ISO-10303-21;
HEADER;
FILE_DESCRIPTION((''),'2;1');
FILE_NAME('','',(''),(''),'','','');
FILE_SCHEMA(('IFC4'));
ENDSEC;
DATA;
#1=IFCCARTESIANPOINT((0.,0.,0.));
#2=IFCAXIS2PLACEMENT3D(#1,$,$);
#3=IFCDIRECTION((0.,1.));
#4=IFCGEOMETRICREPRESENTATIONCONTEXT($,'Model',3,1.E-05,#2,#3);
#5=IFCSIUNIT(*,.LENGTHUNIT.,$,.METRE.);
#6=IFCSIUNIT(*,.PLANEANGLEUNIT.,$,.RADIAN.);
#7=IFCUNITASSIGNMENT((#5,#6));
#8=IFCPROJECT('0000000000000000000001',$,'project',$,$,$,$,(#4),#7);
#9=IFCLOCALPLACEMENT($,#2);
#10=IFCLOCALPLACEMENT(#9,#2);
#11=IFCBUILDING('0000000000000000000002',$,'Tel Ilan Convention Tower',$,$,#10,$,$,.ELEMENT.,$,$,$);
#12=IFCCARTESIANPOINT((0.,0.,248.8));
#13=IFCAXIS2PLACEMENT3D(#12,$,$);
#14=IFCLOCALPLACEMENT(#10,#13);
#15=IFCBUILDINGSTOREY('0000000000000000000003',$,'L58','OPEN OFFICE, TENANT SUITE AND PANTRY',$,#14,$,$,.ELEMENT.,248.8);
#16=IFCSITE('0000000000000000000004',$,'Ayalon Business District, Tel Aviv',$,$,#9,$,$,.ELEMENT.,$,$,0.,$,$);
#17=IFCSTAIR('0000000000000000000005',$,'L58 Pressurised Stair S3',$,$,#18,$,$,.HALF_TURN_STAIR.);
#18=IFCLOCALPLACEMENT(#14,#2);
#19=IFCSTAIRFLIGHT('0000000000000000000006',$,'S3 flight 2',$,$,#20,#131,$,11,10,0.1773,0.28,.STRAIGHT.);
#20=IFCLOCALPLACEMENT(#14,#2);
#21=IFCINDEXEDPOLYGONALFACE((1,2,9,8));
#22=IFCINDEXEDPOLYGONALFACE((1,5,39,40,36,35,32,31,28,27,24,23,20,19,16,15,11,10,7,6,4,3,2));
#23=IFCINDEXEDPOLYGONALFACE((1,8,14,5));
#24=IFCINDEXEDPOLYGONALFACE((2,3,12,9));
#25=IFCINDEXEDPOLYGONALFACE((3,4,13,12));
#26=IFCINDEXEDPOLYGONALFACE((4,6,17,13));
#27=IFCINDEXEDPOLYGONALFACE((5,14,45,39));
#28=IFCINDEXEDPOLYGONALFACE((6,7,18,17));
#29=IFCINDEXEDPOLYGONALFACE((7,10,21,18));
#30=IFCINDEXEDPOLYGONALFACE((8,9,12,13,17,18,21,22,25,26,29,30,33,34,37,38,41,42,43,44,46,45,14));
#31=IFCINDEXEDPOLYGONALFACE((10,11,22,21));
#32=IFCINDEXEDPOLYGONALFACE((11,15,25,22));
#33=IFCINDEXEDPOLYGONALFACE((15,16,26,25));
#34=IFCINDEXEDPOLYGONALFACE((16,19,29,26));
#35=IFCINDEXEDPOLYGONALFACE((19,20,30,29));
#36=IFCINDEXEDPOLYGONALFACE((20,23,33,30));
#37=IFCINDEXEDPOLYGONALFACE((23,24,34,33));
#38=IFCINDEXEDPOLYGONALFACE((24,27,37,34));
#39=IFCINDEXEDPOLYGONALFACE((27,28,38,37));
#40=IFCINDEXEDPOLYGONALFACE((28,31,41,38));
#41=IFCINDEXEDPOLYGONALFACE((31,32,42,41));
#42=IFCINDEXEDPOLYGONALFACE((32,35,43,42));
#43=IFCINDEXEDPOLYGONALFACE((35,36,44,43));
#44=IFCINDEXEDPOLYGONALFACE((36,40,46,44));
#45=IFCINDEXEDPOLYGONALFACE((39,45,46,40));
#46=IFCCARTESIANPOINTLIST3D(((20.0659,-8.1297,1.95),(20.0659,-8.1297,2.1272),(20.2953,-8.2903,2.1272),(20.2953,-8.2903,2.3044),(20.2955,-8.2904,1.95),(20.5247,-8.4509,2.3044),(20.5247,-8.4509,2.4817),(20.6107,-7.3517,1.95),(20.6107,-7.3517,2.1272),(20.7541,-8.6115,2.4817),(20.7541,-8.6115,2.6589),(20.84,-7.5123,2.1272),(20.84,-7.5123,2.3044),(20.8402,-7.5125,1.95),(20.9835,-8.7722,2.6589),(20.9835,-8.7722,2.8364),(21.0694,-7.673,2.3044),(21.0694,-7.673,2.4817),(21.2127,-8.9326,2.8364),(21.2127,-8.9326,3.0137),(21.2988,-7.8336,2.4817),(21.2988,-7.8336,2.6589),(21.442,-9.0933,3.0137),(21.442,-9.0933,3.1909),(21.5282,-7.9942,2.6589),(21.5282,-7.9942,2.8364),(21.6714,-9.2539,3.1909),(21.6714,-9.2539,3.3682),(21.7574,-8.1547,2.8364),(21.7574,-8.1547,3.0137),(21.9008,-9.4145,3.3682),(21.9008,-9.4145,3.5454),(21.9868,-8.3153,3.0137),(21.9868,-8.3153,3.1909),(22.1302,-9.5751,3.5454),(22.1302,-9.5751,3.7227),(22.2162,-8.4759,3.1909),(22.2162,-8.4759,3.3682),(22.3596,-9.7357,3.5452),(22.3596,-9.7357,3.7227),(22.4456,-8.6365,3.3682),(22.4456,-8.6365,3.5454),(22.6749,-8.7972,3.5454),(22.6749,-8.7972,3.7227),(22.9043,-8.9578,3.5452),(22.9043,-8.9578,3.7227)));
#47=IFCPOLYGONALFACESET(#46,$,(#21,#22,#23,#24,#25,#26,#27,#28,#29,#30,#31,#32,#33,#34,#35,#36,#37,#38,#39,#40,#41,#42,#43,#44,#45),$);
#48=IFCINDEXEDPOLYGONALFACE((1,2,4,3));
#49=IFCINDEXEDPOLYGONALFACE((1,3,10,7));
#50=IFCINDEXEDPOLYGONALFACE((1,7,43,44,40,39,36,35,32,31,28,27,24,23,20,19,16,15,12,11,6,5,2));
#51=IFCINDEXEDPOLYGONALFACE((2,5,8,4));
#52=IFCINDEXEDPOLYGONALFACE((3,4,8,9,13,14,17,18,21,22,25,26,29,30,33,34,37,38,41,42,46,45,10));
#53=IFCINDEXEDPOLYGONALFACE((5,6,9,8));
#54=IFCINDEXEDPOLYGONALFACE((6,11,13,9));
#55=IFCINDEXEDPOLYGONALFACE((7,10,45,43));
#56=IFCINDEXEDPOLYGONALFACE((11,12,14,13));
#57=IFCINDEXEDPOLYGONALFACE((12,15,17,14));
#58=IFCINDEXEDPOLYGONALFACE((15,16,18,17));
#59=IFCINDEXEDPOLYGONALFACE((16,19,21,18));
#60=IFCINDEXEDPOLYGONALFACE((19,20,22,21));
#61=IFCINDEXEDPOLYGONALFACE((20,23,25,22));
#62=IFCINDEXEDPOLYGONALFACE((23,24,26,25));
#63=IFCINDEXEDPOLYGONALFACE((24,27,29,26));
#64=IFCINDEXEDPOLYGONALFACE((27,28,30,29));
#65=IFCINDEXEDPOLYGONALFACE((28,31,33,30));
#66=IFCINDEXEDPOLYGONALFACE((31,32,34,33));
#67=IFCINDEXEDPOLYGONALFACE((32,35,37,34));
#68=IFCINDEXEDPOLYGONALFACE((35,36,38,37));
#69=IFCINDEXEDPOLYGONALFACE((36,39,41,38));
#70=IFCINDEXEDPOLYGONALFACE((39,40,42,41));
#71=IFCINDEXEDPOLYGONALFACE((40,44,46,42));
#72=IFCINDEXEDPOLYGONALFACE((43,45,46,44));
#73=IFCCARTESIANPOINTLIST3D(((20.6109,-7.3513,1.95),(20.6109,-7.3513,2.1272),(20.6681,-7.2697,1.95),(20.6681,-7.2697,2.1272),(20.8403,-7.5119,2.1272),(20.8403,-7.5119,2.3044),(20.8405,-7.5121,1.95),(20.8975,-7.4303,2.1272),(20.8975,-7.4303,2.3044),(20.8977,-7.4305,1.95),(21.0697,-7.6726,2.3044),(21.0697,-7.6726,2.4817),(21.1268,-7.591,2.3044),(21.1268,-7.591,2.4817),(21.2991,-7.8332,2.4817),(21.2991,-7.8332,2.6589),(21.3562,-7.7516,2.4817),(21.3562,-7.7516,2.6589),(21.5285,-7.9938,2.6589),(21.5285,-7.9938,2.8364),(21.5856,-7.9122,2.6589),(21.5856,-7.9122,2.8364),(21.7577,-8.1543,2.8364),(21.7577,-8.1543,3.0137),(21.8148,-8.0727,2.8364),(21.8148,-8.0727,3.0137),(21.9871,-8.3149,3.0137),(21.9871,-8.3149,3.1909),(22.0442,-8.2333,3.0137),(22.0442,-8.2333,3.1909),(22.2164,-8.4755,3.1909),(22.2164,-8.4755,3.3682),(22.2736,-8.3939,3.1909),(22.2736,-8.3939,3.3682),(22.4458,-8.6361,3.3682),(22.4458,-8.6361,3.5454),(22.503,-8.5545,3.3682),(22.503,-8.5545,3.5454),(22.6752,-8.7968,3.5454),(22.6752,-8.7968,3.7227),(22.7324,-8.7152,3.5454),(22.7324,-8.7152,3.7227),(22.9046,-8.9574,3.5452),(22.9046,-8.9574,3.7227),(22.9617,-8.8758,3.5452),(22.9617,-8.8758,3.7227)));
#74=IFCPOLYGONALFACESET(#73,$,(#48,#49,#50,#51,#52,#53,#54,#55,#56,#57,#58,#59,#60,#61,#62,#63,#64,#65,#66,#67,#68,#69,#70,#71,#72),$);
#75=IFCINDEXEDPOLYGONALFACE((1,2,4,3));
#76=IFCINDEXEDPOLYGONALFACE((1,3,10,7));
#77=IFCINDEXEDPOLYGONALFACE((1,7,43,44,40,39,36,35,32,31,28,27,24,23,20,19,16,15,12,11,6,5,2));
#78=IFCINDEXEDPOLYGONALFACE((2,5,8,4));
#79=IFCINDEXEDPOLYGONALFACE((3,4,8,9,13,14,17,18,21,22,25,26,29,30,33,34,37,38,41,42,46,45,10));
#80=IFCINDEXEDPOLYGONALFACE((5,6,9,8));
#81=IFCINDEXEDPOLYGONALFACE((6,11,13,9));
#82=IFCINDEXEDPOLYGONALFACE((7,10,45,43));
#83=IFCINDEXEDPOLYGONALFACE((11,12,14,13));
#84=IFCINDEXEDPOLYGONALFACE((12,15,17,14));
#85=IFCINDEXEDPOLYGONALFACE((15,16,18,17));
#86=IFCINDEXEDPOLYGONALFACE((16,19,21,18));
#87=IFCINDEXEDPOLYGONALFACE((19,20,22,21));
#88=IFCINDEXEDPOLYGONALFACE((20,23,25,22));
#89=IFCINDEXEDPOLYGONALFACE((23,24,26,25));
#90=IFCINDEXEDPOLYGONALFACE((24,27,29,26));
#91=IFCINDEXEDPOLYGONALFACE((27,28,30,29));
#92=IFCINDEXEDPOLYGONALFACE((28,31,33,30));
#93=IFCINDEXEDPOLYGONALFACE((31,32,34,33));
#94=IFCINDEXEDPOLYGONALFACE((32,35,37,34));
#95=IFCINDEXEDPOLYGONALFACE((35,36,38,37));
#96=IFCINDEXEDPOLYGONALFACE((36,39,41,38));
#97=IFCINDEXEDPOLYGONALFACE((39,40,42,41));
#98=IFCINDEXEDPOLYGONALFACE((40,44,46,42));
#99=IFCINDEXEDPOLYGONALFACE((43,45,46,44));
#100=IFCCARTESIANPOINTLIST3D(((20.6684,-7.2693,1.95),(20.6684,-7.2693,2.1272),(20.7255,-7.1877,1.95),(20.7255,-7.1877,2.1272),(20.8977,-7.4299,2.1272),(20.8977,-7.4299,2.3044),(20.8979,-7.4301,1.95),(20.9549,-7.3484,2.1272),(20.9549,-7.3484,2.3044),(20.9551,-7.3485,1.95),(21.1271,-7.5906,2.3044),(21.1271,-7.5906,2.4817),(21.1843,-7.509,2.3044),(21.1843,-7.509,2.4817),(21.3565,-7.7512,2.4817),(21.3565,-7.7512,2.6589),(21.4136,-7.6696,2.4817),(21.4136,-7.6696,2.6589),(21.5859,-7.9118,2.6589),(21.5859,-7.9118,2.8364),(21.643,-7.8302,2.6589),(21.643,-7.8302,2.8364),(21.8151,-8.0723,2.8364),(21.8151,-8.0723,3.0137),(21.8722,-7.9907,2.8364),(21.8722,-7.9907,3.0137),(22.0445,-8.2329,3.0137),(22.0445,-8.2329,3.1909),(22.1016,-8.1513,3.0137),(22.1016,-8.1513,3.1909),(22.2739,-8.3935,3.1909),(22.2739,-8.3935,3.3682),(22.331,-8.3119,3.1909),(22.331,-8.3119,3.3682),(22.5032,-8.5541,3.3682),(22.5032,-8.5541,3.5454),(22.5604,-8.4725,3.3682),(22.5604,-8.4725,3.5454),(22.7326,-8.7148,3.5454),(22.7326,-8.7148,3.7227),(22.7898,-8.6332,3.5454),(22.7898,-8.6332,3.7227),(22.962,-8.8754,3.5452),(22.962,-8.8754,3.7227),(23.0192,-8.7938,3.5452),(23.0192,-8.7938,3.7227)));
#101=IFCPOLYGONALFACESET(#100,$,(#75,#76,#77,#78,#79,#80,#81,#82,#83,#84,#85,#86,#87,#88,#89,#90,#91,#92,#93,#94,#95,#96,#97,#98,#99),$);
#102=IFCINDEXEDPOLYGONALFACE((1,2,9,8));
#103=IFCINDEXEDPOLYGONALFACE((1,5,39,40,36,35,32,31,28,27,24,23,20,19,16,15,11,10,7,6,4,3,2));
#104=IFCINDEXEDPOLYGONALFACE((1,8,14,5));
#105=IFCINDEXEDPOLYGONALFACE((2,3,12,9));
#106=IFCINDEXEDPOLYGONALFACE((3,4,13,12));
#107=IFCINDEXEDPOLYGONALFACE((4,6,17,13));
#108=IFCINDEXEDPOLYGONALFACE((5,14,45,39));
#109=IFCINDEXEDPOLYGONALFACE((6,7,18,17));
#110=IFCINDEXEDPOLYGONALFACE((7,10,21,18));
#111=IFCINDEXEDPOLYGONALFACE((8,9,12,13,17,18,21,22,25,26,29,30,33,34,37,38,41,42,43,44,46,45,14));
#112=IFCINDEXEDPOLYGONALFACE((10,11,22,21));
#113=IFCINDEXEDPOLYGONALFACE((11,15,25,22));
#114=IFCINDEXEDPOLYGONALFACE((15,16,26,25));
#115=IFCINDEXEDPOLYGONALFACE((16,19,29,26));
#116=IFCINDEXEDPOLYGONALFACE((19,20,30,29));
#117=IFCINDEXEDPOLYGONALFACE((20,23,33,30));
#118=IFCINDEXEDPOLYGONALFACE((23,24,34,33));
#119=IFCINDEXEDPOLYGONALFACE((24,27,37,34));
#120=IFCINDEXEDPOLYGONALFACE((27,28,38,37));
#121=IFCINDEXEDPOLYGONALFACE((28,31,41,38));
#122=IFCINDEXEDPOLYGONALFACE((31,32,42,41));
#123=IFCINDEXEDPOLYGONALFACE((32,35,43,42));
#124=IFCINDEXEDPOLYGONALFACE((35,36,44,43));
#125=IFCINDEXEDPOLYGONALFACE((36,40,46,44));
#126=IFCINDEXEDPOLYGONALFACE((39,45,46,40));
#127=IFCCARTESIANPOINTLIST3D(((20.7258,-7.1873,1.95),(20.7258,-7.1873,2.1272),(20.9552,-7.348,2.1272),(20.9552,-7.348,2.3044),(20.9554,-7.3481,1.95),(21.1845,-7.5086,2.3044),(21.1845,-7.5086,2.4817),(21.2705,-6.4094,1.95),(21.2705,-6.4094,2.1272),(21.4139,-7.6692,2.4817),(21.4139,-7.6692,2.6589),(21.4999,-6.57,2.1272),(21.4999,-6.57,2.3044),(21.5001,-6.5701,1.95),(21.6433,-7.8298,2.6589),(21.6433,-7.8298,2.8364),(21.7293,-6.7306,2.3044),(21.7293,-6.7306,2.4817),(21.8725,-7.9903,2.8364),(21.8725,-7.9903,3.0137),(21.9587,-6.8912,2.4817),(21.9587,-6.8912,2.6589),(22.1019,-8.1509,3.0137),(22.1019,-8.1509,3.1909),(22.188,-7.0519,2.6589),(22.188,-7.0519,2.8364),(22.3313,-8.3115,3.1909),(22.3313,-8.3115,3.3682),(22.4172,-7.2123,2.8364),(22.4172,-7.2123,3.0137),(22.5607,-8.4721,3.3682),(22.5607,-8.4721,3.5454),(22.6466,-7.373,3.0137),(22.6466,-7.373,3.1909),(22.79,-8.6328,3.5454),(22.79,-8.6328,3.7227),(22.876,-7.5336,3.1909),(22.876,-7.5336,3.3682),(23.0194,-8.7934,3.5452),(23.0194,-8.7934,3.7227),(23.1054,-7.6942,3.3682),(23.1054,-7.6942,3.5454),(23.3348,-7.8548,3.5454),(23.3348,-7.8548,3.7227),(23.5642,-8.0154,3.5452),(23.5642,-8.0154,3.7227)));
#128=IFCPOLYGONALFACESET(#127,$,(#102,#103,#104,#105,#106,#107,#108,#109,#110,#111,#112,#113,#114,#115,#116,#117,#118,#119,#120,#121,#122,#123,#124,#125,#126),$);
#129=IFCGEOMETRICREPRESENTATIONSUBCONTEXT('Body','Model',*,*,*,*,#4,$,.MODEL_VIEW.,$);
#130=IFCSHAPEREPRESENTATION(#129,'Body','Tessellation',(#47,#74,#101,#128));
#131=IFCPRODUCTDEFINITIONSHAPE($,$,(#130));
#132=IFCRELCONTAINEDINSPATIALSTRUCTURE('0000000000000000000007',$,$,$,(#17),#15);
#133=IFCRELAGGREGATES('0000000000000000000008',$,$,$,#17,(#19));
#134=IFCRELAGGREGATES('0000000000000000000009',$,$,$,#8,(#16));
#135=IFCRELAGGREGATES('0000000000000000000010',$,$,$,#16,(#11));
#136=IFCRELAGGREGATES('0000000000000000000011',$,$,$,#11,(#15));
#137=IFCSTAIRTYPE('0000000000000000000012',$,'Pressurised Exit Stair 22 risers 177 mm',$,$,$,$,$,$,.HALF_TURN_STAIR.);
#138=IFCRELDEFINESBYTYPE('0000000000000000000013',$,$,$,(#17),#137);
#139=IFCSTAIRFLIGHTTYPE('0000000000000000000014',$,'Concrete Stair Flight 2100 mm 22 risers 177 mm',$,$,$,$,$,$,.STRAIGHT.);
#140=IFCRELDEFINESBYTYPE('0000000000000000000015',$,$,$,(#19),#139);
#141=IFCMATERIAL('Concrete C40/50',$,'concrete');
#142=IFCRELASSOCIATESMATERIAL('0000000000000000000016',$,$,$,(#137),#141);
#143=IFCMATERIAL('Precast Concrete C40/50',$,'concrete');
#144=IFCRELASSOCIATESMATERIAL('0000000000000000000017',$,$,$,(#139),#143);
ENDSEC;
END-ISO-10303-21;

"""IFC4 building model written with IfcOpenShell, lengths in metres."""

from ifc_helpers import new_model, si_unit, direction, frame, origin, place, context, subcontext, project, spatial, polyline, outline, extrude, material, type_object, element, aggregate, save


model = new_model("IFC4")

# Units and contexts
model_context = context("Model", 3, precision=1e-05, world=origin(), true_north=direction((0.0, 1.0)))
body_context = subcontext(model_context, "Body", "Model", "MODEL_VIEW")
ifc_project = project(units=[si_unit("LENGTHUNIT", "METRE"), si_unit("PLANEANGLEUNIT", "RADIAN")], contexts=[model_context])

# Site, building, storey
site_placement = place(None, origin())
site = spatial("IfcSite", under=ifc_project, at=site_placement, Name="Ayalon Business District, Tel Aviv", CompositionType="ELEMENT", RefElevation=0.0)
building_placement = place(site_placement, origin())
building = spatial("IfcBuilding", under=site, at=building_placement, Name="Tel Ilan Convention Tower", CompositionType="ELEMENT")
storey_placement = place(building_placement, frame((0.0, 0.0, 248.8)))
storey = spatial("IfcBuildingStorey", under=building, at=storey_placement, Name="L58", Description="OPEN OFFICE, TENANT SUITE AND PANTRY", CompositionType="ELEMENT", Elevation=248.8)

# Stair, stair flight
ifc_material_1 = material(Name="Concrete C40/50", Category="concrete")
stair_type = type_object("IfcStairType", Name="Pressurised Exit Stair 22 risers 177 mm", PredefinedType="HALF_TURN_STAIR", material=ifc_material_1)
stair_1_placement = place(storey_placement, origin())
stair_1 = element("IfcStair", 1, at=stair_1_placement, inside=storey, type_object=stair_type, Name="L58 Pressurised Stair S3", PredefinedType="HALF_TURN_STAIR")
ifc_material_2 = material(Name="Precast Concrete C40/50", Category="concrete")
stair_flight_type = type_object("IfcStairFlightType", Name="Concrete Stair Flight 2100 mm 22 risers 177 mm", PredefinedType="STRAIGHT", material=ifc_material_2)
stair_flight_1_placement = place(storey_placement, frame((20.6682, -7.2695, 1.95), z_axis=(0.0, 0.0, 1.0), x_axis=(0.819152, -0.573576, 0.0)))
stair_flight_1 = element("IfcStairFlight", 2, at=stair_flight_1_placement, type_object=stair_flight_type, Name="S3 flight 2", NumberOfRisers=11, NumberOfTreads=10, PredefinedType="STRAIGHT", RiserHeight=0.1773, TreadLength=0.28, context=body_context, shape_type="SweptSolid", body=[
    extrude(outline(polyline([(0.0, 0.0), (0.0, 0.1772), (0.28, 0.1772), (0.28, 0.3545), (0.5601, 0.3545), (0.5601, 0.5317), (0.8401, 0.5317), (0.8401, 0.709), (1.1201, 0.709), (1.1201, 0.8865), (1.3999, 0.8865), (1.3999, 1.0637), (1.6799, 1.0637), (1.6799, 1.241), (1.96, 1.241), (1.96, 1.4182), (2.24, 1.4182), (2.24, 1.5955), (2.52, 1.5955), (2.52, 1.7727), (2.8, 1.7727), (2.8, 1.95), (2.8, 1.5952), (0.2803, 0.0), (0.0, 0.0)])), frame((0.0, -0.1003, 0.0), z_axis=(0.0, -1.0, 0.0), x_axis=(1.0, 0.0, 0.0)), (0.0, 0.0, 1.0), 0.9497),
    extrude(outline(polyline([(0.0, 0.0), (0.0, 0.1772), (0.28, 0.1772), (0.28, 0.3545), (0.5601, 0.3545), (0.5601, 0.5317), (0.8401, 0.5317), (0.8401, 0.709), (1.1201, 0.709), (1.1201, 0.8865), (1.3999, 0.8865), (1.3999, 1.0637), (1.6799, 1.0637), (1.6799, 1.241), (1.96, 1.241), (1.96, 1.4182), (2.24, 1.4182), (2.24, 1.5955), (2.52, 1.5955), (2.52, 1.7727), (2.8, 1.7727), (2.8, 1.95), (2.8, 1.5952), (0.2803, 0.0), (0.0, 0.0)])), frame((0.0, -0.0002, 0.0), z_axis=(0.0, -1.0, 0.0), x_axis=(1.0, 0.0, 0.0)), (0.0, 0.0, 1.0), 0.0996),
    extrude(outline(polyline([(0.0, 0.0), (0.0, 0.1772), (0.28, 0.1772), (0.28, 0.3545), (0.5601, 0.3545), (0.5601, 0.5317), (0.8401, 0.5317), (0.8401, 0.709), (1.1201, 0.709), (1.1201, 0.8865), (1.3999, 0.8865), (1.3999, 1.0637), (1.6799, 1.0637), (1.6799, 1.241), (1.96, 1.241), (1.96, 1.4182), (2.24, 1.4182), (2.24, 1.5955), (2.52, 1.5955), (2.52, 1.7727), (2.8, 1.7727), (2.8, 1.95), (2.8, 1.5952), (0.2803, 0.0), (0.0, 0.0)])), frame((0.0, 0.0999, 0.0), z_axis=(0.0, -1.0, 0.0), x_axis=(1.0, 0.0, 0.0)), (0.0, 0.0, 1.0), 0.0996),
    extrude(outline(polyline([(0.0, 0.0), (0.0, 0.1772), (0.28, 0.1772), (0.28, 0.3545), (0.5601, 0.3545), (0.5601, 0.5317), (0.8401, 0.5317), (0.8401, 0.709), (1.1201, 0.709), (1.1201, 0.8865), (1.3999, 0.8865), (1.3999, 1.0637), (1.6799, 1.0637), (1.6799, 1.241), (1.96, 1.241), (1.96, 1.4182), (2.24, 1.4182), (2.24, 1.5955), (2.52, 1.5955), (2.52, 1.7727), (2.8, 1.7727), (2.8, 1.95), (2.8, 1.5952), (0.2803, 0.0), (0.0, 0.0)])), frame((0.0, 1.05, 0.0), z_axis=(0.0, -1.0, 0.0), x_axis=(1.0, 0.0, 0.0)), (0.0, 0.0, 1.0), 0.9497),
])
aggregate(stair_1, [stair_flight_1])

save(model, "model.ifc")
